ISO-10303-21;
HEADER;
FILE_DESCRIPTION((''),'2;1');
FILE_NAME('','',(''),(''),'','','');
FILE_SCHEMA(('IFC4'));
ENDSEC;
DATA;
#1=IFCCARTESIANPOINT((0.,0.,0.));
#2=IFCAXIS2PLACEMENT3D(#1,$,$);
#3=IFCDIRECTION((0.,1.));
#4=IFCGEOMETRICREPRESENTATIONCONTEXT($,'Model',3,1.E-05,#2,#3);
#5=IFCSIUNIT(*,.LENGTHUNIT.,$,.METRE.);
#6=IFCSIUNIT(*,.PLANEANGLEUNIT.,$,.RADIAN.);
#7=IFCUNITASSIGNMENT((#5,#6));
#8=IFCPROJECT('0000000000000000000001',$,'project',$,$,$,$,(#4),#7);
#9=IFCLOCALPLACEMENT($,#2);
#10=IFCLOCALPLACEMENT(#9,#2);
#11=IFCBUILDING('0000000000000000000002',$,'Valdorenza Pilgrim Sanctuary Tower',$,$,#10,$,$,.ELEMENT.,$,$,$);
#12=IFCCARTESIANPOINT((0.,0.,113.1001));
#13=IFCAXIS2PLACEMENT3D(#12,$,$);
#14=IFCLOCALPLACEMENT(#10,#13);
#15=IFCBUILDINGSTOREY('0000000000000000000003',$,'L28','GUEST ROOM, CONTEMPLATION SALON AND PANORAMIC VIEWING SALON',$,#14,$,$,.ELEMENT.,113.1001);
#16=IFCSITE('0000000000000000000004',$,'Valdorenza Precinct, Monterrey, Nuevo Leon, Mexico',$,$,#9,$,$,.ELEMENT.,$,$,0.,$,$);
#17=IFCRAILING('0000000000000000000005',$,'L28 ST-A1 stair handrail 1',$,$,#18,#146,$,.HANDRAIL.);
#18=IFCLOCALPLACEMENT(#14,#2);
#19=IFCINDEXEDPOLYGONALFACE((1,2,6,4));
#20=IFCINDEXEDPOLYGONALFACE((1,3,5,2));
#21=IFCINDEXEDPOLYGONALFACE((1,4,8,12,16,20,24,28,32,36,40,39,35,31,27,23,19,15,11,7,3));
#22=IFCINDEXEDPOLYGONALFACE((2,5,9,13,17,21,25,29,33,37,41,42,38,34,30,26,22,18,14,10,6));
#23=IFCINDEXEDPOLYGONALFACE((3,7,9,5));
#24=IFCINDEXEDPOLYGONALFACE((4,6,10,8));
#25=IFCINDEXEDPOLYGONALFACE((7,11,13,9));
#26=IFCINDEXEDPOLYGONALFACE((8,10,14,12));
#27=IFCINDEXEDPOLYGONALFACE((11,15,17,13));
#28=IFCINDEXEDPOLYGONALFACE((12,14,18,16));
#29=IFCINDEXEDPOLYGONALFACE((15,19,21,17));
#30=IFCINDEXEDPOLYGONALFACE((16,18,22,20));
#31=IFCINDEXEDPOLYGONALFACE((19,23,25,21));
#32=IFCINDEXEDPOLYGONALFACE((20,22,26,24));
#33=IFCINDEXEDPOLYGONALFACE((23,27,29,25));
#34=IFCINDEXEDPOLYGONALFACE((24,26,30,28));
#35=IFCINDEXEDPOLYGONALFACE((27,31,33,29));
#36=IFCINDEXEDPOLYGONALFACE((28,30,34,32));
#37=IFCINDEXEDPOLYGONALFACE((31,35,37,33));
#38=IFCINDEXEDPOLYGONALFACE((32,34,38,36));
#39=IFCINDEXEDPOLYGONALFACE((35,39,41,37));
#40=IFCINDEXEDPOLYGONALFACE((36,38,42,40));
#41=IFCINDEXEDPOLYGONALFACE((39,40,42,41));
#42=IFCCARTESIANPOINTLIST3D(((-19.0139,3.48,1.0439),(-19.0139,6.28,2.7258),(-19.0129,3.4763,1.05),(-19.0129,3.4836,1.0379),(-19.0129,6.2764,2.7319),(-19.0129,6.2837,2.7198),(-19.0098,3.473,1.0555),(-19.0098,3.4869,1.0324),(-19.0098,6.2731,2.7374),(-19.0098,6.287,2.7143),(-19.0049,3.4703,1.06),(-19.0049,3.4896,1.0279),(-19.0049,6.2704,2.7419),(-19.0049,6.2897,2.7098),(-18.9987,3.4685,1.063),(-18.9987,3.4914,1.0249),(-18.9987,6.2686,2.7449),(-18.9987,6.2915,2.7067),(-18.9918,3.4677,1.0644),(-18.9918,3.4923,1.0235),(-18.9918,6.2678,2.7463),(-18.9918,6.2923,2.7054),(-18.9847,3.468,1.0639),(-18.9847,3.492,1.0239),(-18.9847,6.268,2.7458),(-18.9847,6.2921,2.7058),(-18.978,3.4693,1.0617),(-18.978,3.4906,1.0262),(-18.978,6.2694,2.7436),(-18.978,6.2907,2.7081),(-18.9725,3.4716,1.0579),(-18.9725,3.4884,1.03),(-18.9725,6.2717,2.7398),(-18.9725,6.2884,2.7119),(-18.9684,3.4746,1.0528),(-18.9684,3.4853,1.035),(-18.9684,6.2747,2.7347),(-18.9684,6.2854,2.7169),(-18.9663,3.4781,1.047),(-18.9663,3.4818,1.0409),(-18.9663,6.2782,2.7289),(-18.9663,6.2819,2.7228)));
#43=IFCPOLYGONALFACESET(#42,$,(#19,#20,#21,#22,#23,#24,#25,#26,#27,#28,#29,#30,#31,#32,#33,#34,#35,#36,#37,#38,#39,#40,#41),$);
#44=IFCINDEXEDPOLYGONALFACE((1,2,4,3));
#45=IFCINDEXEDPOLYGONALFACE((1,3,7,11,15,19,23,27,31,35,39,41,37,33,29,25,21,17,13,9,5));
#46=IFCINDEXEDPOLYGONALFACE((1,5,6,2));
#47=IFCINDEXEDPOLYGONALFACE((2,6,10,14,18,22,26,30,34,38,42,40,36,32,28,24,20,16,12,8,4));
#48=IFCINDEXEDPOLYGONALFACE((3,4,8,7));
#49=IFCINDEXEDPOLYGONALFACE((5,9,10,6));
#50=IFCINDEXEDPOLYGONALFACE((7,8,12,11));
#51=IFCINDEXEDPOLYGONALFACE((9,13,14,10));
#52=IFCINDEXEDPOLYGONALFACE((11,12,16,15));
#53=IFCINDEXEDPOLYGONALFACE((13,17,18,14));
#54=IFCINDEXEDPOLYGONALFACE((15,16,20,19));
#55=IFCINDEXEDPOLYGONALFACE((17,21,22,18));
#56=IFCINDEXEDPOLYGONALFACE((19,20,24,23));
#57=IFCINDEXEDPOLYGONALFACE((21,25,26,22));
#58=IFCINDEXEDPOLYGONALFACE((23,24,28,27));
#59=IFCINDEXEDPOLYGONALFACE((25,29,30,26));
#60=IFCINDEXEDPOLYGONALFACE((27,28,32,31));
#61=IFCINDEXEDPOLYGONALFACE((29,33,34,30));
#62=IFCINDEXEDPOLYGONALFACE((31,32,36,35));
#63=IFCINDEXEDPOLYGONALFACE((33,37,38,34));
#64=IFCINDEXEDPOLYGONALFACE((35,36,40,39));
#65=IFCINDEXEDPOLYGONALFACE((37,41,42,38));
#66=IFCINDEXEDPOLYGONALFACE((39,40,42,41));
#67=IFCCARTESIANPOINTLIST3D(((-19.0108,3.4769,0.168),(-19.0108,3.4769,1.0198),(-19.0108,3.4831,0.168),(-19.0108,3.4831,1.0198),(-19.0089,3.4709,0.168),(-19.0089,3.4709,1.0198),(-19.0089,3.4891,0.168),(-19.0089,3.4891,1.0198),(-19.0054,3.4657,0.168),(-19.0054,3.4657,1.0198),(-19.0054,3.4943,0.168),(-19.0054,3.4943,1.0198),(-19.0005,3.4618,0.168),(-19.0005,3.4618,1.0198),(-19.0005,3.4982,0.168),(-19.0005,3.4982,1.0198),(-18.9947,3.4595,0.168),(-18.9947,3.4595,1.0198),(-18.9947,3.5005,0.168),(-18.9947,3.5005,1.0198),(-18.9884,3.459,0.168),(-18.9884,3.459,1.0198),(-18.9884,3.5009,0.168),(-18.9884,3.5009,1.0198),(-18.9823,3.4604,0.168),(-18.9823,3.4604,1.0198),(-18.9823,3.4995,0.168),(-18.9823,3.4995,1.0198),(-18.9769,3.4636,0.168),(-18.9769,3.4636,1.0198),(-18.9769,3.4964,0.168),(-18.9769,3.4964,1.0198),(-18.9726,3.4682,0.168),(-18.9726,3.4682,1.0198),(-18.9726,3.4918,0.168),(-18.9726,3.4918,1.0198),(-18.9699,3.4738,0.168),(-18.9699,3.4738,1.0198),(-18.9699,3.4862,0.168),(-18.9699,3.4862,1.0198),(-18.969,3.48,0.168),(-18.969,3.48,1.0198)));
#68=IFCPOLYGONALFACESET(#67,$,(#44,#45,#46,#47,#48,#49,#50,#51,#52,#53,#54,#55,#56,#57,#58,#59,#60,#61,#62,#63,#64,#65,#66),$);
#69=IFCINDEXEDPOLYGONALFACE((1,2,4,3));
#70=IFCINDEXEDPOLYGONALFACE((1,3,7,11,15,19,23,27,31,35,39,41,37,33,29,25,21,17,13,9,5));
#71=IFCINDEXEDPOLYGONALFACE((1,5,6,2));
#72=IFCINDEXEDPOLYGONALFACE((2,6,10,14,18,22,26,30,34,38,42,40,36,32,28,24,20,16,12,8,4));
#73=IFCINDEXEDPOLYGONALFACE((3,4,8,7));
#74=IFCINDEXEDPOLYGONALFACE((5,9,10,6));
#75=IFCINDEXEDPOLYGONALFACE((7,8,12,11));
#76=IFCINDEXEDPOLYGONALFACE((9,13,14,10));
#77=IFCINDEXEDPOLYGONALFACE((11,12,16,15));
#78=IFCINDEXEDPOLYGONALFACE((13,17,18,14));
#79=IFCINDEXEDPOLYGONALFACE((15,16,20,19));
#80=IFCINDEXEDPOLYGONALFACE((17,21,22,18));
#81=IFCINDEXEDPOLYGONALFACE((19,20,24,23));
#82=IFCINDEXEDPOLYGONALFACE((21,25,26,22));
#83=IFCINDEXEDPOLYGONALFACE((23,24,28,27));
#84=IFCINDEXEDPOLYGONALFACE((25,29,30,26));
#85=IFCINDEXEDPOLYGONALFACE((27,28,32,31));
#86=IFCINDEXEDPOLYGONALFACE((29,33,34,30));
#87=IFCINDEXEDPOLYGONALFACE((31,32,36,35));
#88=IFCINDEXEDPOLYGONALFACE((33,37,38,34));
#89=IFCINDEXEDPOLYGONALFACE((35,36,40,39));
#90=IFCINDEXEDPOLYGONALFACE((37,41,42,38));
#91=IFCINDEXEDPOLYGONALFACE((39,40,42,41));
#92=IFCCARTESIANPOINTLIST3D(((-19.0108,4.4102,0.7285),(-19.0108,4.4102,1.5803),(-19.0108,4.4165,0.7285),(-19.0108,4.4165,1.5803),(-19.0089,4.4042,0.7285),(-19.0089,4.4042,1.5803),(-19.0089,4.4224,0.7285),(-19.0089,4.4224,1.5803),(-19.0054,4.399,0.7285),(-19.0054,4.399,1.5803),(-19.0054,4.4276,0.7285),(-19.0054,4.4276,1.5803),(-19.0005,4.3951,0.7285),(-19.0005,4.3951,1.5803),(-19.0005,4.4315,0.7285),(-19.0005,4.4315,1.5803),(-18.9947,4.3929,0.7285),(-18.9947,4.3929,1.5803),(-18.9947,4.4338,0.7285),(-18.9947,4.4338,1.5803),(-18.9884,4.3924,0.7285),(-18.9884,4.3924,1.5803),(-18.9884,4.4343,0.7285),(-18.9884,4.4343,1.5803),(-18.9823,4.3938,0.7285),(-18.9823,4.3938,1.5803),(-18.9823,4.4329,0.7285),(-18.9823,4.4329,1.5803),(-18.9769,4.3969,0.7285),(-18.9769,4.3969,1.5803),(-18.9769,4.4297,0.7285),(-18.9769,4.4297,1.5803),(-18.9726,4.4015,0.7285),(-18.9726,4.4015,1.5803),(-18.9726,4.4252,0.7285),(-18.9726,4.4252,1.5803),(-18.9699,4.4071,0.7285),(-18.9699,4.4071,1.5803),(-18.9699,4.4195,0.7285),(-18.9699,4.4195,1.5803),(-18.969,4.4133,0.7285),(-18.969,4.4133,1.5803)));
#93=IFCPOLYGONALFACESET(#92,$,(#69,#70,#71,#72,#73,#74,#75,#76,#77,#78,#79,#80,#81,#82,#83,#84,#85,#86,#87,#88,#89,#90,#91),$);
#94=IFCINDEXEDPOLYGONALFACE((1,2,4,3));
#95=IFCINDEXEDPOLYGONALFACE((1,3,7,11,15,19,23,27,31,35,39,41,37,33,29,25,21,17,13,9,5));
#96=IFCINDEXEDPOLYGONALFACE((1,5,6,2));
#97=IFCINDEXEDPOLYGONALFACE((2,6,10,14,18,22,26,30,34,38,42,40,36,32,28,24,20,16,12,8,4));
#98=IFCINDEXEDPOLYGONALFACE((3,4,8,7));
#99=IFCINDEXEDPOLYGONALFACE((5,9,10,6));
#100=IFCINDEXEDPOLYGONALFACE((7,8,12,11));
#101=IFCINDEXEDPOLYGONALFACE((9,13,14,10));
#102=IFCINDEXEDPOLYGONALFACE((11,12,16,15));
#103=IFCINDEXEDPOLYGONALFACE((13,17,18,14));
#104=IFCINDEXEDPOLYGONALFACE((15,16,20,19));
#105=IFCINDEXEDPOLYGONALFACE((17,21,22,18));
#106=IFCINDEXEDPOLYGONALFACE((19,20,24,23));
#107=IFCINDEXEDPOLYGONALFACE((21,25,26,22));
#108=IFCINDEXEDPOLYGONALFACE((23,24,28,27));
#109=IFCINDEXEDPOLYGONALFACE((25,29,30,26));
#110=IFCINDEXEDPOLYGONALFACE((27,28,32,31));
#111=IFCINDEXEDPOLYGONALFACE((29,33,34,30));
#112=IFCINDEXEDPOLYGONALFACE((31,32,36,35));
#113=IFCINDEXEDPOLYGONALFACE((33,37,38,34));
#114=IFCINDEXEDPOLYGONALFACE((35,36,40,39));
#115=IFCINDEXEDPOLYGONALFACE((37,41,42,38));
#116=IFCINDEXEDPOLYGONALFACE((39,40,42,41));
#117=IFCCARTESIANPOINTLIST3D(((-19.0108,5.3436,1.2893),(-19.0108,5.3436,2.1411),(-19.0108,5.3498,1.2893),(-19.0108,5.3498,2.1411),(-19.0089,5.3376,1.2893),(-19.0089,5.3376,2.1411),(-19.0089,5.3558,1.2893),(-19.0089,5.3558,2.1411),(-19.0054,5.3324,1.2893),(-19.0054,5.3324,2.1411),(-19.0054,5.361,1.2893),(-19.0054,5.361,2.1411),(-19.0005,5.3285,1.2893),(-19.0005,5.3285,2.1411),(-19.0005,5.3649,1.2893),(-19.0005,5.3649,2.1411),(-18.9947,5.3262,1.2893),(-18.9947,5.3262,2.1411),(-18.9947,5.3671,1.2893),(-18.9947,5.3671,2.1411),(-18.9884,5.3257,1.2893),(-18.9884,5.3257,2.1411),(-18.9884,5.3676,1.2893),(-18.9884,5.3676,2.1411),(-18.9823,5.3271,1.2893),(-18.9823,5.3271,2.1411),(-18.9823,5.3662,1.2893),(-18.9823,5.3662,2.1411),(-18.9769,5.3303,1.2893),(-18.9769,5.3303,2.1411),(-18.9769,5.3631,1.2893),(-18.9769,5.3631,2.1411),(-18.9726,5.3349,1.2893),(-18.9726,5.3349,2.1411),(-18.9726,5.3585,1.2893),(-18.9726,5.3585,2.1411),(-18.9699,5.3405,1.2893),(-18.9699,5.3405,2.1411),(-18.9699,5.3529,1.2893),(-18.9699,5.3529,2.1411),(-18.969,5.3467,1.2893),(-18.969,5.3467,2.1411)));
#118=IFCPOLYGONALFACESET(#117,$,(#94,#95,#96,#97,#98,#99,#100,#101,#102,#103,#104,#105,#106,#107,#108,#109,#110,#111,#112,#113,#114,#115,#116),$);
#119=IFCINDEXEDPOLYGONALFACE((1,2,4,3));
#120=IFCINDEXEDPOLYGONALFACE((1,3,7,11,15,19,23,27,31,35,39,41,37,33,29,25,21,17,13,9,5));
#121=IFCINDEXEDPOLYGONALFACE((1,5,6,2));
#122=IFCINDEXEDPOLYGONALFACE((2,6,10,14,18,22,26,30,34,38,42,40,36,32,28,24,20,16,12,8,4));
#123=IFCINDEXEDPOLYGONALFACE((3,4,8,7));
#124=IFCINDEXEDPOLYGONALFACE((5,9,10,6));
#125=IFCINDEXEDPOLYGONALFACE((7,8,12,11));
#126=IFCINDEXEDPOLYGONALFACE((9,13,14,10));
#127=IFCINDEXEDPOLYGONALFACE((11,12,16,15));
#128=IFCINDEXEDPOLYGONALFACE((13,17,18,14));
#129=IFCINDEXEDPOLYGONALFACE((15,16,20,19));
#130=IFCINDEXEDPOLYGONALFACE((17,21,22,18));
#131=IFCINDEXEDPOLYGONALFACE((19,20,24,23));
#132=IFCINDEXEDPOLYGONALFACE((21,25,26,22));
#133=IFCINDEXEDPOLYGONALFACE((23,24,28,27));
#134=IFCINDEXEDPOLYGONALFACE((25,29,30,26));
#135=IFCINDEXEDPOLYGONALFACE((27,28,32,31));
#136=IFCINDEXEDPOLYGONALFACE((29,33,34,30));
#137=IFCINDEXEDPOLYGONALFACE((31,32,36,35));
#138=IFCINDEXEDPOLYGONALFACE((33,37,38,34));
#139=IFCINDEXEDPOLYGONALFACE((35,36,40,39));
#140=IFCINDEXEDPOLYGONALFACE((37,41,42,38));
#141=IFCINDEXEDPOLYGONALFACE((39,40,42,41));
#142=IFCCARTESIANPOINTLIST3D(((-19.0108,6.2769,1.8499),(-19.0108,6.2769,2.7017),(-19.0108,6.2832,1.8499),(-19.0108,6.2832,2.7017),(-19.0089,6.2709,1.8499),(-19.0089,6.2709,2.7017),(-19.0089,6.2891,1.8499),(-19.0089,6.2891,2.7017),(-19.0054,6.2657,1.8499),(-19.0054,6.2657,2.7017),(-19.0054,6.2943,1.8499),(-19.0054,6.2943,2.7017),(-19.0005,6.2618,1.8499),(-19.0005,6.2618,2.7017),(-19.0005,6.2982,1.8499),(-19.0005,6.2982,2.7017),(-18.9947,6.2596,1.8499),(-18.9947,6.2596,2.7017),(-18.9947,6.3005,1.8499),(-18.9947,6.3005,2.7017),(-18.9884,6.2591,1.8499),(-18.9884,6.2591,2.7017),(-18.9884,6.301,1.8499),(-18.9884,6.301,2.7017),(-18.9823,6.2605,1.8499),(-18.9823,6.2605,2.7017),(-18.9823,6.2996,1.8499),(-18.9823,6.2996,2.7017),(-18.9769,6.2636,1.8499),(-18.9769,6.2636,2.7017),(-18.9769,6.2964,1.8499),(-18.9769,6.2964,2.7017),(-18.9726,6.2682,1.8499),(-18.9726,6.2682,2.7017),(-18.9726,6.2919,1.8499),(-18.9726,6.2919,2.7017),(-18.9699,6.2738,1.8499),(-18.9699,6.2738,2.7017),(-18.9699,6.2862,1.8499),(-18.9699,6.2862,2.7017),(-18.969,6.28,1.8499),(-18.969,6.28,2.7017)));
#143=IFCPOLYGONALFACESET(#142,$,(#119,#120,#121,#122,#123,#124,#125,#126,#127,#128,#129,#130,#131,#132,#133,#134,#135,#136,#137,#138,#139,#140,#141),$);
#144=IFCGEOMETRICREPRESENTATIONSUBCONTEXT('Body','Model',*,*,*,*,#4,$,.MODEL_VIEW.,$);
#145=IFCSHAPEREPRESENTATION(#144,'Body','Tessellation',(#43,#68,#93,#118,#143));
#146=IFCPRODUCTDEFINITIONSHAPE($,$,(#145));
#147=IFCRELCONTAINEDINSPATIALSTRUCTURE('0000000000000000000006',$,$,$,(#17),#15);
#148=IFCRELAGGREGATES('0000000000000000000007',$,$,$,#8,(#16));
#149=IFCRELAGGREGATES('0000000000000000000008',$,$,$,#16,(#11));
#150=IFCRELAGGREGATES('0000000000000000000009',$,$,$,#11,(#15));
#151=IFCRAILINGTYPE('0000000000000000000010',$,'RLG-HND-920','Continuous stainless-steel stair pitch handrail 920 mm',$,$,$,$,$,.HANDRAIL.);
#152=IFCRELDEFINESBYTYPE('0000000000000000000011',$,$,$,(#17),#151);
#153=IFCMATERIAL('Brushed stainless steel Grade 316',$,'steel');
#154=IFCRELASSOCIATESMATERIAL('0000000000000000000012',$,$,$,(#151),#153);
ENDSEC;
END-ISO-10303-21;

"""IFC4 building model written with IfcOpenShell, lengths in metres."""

from ifc_helpers import new_model, si_unit, direction, frame, origin, origin_2d, place, context, subcontext, project, spatial, circle, extrude, material, type_object, element, save


model = new_model("IFC4")

# Units and contexts
model_context = context("Model", 3, precision=1e-05, world=origin(), true_north=direction((0.0, 1.0)))
body_context = subcontext(model_context, "Body", "Model", "MODEL_VIEW")
ifc_project = project(units=[si_unit("LENGTHUNIT", "METRE"), si_unit("PLANEANGLEUNIT", "RADIAN")], contexts=[model_context])

# Site, building, storey
site_placement = place(None, origin())
site = spatial("IfcSite", under=ifc_project, at=site_placement, Name="Valdorenza Precinct, Monterrey, Nuevo Leon, Mexico", CompositionType="ELEMENT", RefElevation=0.0)
building_placement = place(site_placement, origin())
building = spatial("IfcBuilding", under=site, at=building_placement, Name="Valdorenza Pilgrim Sanctuary Tower", CompositionType="ELEMENT")
storey_placement = place(building_placement, frame((0.0, 0.0, 113.1001)))
storey = spatial("IfcBuildingStorey", under=building, at=storey_placement, Name="L28", Description="GUEST ROOM, CONTEMPLATION SALON AND PANORAMIC VIEWING SALON", CompositionType="ELEMENT", Elevation=113.1001)

# Shared definitions
ifc_material_1 = material(Name="Brushed stainless steel Grade 316", Category="steel")

# Railing
railing_type_1 = type_object("IfcRailingType", Name="RLG-HND-920", Description="Continuous stainless-steel stair pitch handrail 920 mm", PredefinedType="HANDRAIL", material=ifc_material_1)
railing_1_placement = place(storey_placement, frame((-18.99, 3.48, 0.168)))
element("IfcRailing", 1, at=railing_1_placement, inside=storey, type_object=railing_type_1, Name="L28 ST-A1 stair handrail 1", PredefinedType="HANDRAIL", context=body_context, shape_type="SweptSolid", body=[
    extrude(circle(Radius=0.0239, at=origin_2d()), frame((0.0, 0.0, 0.876), z_axis=(0.0, 0.857242, 0.514913), x_axis=(-1.0, 0.0, 0.0)), (0.0, 0.0, 1.0), 3.2664),
    extrude(circle(Radius=0.021, at=origin_2d()), origin(), (0.0, 0.0, 1.0), 0.8518),
    extrude(circle(Radius=0.021, at=origin_2d()), frame((0.0, 0.9333, 0.5605)), (0.0, 0.0, 1.0), 0.8518),
    extrude(circle(Radius=0.021, at=origin_2d()), frame((0.0, 1.8667, 1.1213)), (0.0, 0.0, 1.0), 0.8518),
    extrude(circle(Radius=0.021, at=origin_2d()), frame((0.0, 2.8, 1.6819)), (0.0, 0.0, 1.0), 0.8518),
])

save(model, "model.ifc")
